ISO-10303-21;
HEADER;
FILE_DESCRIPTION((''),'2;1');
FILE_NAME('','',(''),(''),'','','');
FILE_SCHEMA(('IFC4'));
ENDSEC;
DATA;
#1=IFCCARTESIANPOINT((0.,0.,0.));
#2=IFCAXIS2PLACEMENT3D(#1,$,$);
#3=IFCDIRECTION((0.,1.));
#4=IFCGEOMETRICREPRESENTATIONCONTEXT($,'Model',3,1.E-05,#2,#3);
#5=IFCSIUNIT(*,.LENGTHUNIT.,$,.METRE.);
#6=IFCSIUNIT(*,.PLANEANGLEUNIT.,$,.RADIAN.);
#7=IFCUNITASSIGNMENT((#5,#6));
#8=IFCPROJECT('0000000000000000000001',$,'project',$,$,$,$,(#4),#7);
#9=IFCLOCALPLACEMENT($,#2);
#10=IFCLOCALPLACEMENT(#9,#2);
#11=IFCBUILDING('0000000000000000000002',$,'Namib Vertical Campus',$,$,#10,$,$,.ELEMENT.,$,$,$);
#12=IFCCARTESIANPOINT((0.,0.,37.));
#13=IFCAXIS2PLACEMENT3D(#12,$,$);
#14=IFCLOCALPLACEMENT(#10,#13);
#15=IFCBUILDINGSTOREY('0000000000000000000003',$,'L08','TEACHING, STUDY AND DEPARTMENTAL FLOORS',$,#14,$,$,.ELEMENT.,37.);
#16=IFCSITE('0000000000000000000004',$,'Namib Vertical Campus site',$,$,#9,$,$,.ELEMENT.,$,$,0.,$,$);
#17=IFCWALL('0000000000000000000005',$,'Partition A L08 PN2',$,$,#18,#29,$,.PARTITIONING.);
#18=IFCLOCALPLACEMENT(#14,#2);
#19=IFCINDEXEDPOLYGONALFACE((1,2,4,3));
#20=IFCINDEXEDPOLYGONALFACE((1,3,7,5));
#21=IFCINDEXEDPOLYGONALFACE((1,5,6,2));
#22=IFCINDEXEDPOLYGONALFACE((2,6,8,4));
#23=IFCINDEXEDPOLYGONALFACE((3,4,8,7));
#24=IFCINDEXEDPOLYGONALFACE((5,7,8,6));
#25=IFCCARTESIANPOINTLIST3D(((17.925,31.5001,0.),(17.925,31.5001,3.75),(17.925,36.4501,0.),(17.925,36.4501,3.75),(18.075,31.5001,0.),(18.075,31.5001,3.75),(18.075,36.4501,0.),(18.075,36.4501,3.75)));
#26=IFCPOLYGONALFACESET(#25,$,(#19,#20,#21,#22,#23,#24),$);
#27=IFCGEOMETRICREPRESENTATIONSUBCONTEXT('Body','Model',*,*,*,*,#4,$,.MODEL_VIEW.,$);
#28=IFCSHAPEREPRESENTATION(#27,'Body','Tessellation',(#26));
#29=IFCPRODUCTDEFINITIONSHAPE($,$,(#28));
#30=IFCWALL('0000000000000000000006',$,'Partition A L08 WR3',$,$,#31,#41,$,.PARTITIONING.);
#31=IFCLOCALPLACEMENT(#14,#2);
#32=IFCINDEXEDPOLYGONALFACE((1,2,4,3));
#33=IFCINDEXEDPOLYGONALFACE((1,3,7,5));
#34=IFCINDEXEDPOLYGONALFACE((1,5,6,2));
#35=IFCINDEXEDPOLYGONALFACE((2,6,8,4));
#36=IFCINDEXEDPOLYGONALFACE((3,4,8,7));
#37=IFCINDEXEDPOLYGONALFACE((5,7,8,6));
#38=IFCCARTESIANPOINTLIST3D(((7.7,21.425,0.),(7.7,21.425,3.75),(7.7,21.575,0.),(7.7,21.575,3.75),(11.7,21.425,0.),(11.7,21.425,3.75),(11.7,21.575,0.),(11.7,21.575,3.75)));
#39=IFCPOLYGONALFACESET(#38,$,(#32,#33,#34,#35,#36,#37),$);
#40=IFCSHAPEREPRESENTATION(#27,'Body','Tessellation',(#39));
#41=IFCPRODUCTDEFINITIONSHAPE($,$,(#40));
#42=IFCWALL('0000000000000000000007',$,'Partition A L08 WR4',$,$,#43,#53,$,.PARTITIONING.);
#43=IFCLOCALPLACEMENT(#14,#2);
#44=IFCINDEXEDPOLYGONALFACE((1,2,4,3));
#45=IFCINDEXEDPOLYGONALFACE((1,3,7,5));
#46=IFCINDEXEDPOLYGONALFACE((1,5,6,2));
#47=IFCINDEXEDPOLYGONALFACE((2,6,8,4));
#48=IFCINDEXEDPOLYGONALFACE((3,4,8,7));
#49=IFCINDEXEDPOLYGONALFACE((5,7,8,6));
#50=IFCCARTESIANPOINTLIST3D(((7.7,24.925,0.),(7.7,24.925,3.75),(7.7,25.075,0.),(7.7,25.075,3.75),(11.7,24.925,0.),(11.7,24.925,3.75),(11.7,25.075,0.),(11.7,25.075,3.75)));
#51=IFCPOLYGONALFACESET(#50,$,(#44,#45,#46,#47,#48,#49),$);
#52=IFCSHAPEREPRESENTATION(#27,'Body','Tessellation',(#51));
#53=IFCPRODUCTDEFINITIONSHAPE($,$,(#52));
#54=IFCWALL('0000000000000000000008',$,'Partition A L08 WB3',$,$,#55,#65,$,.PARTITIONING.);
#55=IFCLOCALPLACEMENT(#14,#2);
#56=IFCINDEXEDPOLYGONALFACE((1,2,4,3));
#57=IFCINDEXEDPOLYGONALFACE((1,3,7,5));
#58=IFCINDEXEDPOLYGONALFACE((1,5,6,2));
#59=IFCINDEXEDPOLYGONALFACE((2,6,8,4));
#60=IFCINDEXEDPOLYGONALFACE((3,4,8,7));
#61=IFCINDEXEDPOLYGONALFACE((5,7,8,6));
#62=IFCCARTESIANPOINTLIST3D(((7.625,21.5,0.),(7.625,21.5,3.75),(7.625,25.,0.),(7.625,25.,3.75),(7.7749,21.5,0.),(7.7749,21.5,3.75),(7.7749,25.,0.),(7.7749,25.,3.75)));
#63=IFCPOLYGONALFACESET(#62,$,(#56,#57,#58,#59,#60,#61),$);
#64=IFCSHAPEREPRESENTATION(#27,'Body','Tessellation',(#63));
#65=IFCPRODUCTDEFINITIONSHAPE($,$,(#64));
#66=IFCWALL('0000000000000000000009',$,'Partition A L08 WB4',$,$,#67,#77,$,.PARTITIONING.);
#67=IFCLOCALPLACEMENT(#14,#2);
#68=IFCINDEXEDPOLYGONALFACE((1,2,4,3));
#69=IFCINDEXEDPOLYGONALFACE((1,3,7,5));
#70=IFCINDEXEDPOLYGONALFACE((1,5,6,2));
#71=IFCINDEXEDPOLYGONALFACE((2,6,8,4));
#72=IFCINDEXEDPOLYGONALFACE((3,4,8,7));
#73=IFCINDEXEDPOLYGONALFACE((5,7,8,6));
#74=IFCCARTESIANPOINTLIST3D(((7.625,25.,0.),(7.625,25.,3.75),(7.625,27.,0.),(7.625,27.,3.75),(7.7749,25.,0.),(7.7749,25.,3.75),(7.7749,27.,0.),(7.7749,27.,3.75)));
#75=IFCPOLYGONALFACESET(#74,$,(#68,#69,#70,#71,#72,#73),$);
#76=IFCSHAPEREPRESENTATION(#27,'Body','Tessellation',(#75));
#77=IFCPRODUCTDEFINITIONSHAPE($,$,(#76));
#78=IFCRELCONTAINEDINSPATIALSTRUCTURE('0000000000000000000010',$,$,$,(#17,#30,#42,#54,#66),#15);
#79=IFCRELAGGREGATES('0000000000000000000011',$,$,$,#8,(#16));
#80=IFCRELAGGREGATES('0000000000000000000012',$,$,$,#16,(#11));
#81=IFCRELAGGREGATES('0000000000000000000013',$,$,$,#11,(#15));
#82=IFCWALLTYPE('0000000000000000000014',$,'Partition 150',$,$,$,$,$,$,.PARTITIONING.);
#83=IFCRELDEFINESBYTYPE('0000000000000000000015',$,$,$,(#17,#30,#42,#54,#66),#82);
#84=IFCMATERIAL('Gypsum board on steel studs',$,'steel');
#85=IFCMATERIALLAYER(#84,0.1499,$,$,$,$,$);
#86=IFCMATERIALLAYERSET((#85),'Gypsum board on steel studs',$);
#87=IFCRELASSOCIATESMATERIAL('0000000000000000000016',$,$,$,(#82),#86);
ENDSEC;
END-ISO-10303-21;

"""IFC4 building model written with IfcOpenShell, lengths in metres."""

from ifc_helpers import new_model, si_unit, direction, frame, frame_2d, origin, place, context, subcontext, project, spatial, rectangle, extrude, material, layer, layer_set, type_object, element, save


model = new_model("IFC4")

# Units and contexts
model_context = context("Model", 3, precision=1e-05, world=origin(), true_north=direction((0.0, 1.0)))
body_context = subcontext(model_context, "Body", "Model", "MODEL_VIEW")
ifc_project = project(units=[si_unit("LENGTHUNIT", "METRE"), si_unit("PLANEANGLEUNIT", "RADIAN")], contexts=[model_context])

# Site, building, storey
site_placement = place(None, origin())
site = spatial("IfcSite", under=ifc_project, at=site_placement, Name="Namib Vertical Campus site", CompositionType="ELEMENT", RefElevation=0.0)
building_placement = place(site_placement, origin())
building = spatial("IfcBuilding", under=site, at=building_placement, Name="Namib Vertical Campus", CompositionType="ELEMENT")
storey_placement = place(building_placement, frame((0.0, 0.0, 37.0)))
storey = spatial("IfcBuildingStorey", under=building, at=storey_placement, Name="L08", Description="TEACHING, STUDY AND DEPARTMENTAL FLOORS", CompositionType="ELEMENT", Elevation=37.0)

# Walls
ifc_material_1 = material(Name="Gypsum board on steel studs", Category="steel")
ifc_layer_1 = layer(ifc_material_1, 0.1499)
ifc_layer_set_1 = layer_set([ifc_layer_1], Name="Gypsum board on steel studs")
wall_type_1 = type_object("IfcWallType", Name="Partition 150", PredefinedType="PARTITIONING", material=ifc_layer_set_1)
wall_1_placement = place(storey_placement, frame((18.0, 31.5, 0.0), z_axis=(0.0, 0.0, 1.0), x_axis=(0.0, 1.0, 0.0)))
element("IfcWall", 1, at=wall_1_placement, inside=storey, type_object=wall_type_1, Name="Partition A L08 PN2", PredefinedType="PARTITIONING", context=body_context, shape_type="SweptSolid", body=[
    extrude(rectangle(XDim=4.95, YDim=0.1499, at=frame_2d((2.4751, 0.0))), origin(), (0.0, 0.0, 1.0), 3.75),
])
for number, where, z_axis, x_axis, name in (
    (2, (11.7, 21.5, 0.0), (0.0, 0.0, 1.0), (-1.0, 0.0, 0.0), "Partition A L08 WR3"),
    (3, (11.7, 25.0, 0.0), (0.0, 0.0, 1.0), (-1.0, 0.0, 0.0), "Partition A L08 WR4"),
):
    element("IfcWall", number, at=place(storey_placement, frame(where, z_axis=z_axis, x_axis=x_axis)), inside=storey, type_object=wall_type_1, Name=name, PredefinedType="PARTITIONING", context=body_context, shape_type="SweptSolid", body=[
        extrude(rectangle(XDim=4.0, YDim=0.1499, at=frame_2d((2.0, 0.0))), origin(), (0.0, 0.0, 1.0), 3.75),
    ])
wall_2_placement = place(storey_placement, frame((7.7, 21.5, 0.0), z_axis=(0.0, 0.0, 1.0), x_axis=(0.0, 1.0, 0.0)))
element("IfcWall", 4, at=wall_2_placement, inside=storey, type_object=wall_type_1, Name="Partition A L08 WB3", PredefinedType="PARTITIONING", context=body_context, shape_type="SweptSolid", body=[
    extrude(rectangle(XDim=3.5, YDim=0.1499, at=frame_2d((1.75, 0.0))), origin(), (0.0, 0.0, 1.0), 3.75),
])
wall_3_placement = place(storey_placement, frame((7.7, 25.0, 0.0), z_axis=(0.0, 0.0, 1.0), x_axis=(0.0, 1.0, 0.0)))
element("IfcWall", 5, at=wall_3_placement, inside=storey, type_object=wall_type_1, Name="Partition A L08 WB4", PredefinedType="PARTITIONING", context=body_context, shape_type="SweptSolid", body=[
    extrude(rectangle(XDim=2.0, YDim=0.1499, at=frame_2d((1.0, 0.0))), origin(), (0.0, 0.0, 1.0), 3.75),
])

save(model, "model.ifc")
